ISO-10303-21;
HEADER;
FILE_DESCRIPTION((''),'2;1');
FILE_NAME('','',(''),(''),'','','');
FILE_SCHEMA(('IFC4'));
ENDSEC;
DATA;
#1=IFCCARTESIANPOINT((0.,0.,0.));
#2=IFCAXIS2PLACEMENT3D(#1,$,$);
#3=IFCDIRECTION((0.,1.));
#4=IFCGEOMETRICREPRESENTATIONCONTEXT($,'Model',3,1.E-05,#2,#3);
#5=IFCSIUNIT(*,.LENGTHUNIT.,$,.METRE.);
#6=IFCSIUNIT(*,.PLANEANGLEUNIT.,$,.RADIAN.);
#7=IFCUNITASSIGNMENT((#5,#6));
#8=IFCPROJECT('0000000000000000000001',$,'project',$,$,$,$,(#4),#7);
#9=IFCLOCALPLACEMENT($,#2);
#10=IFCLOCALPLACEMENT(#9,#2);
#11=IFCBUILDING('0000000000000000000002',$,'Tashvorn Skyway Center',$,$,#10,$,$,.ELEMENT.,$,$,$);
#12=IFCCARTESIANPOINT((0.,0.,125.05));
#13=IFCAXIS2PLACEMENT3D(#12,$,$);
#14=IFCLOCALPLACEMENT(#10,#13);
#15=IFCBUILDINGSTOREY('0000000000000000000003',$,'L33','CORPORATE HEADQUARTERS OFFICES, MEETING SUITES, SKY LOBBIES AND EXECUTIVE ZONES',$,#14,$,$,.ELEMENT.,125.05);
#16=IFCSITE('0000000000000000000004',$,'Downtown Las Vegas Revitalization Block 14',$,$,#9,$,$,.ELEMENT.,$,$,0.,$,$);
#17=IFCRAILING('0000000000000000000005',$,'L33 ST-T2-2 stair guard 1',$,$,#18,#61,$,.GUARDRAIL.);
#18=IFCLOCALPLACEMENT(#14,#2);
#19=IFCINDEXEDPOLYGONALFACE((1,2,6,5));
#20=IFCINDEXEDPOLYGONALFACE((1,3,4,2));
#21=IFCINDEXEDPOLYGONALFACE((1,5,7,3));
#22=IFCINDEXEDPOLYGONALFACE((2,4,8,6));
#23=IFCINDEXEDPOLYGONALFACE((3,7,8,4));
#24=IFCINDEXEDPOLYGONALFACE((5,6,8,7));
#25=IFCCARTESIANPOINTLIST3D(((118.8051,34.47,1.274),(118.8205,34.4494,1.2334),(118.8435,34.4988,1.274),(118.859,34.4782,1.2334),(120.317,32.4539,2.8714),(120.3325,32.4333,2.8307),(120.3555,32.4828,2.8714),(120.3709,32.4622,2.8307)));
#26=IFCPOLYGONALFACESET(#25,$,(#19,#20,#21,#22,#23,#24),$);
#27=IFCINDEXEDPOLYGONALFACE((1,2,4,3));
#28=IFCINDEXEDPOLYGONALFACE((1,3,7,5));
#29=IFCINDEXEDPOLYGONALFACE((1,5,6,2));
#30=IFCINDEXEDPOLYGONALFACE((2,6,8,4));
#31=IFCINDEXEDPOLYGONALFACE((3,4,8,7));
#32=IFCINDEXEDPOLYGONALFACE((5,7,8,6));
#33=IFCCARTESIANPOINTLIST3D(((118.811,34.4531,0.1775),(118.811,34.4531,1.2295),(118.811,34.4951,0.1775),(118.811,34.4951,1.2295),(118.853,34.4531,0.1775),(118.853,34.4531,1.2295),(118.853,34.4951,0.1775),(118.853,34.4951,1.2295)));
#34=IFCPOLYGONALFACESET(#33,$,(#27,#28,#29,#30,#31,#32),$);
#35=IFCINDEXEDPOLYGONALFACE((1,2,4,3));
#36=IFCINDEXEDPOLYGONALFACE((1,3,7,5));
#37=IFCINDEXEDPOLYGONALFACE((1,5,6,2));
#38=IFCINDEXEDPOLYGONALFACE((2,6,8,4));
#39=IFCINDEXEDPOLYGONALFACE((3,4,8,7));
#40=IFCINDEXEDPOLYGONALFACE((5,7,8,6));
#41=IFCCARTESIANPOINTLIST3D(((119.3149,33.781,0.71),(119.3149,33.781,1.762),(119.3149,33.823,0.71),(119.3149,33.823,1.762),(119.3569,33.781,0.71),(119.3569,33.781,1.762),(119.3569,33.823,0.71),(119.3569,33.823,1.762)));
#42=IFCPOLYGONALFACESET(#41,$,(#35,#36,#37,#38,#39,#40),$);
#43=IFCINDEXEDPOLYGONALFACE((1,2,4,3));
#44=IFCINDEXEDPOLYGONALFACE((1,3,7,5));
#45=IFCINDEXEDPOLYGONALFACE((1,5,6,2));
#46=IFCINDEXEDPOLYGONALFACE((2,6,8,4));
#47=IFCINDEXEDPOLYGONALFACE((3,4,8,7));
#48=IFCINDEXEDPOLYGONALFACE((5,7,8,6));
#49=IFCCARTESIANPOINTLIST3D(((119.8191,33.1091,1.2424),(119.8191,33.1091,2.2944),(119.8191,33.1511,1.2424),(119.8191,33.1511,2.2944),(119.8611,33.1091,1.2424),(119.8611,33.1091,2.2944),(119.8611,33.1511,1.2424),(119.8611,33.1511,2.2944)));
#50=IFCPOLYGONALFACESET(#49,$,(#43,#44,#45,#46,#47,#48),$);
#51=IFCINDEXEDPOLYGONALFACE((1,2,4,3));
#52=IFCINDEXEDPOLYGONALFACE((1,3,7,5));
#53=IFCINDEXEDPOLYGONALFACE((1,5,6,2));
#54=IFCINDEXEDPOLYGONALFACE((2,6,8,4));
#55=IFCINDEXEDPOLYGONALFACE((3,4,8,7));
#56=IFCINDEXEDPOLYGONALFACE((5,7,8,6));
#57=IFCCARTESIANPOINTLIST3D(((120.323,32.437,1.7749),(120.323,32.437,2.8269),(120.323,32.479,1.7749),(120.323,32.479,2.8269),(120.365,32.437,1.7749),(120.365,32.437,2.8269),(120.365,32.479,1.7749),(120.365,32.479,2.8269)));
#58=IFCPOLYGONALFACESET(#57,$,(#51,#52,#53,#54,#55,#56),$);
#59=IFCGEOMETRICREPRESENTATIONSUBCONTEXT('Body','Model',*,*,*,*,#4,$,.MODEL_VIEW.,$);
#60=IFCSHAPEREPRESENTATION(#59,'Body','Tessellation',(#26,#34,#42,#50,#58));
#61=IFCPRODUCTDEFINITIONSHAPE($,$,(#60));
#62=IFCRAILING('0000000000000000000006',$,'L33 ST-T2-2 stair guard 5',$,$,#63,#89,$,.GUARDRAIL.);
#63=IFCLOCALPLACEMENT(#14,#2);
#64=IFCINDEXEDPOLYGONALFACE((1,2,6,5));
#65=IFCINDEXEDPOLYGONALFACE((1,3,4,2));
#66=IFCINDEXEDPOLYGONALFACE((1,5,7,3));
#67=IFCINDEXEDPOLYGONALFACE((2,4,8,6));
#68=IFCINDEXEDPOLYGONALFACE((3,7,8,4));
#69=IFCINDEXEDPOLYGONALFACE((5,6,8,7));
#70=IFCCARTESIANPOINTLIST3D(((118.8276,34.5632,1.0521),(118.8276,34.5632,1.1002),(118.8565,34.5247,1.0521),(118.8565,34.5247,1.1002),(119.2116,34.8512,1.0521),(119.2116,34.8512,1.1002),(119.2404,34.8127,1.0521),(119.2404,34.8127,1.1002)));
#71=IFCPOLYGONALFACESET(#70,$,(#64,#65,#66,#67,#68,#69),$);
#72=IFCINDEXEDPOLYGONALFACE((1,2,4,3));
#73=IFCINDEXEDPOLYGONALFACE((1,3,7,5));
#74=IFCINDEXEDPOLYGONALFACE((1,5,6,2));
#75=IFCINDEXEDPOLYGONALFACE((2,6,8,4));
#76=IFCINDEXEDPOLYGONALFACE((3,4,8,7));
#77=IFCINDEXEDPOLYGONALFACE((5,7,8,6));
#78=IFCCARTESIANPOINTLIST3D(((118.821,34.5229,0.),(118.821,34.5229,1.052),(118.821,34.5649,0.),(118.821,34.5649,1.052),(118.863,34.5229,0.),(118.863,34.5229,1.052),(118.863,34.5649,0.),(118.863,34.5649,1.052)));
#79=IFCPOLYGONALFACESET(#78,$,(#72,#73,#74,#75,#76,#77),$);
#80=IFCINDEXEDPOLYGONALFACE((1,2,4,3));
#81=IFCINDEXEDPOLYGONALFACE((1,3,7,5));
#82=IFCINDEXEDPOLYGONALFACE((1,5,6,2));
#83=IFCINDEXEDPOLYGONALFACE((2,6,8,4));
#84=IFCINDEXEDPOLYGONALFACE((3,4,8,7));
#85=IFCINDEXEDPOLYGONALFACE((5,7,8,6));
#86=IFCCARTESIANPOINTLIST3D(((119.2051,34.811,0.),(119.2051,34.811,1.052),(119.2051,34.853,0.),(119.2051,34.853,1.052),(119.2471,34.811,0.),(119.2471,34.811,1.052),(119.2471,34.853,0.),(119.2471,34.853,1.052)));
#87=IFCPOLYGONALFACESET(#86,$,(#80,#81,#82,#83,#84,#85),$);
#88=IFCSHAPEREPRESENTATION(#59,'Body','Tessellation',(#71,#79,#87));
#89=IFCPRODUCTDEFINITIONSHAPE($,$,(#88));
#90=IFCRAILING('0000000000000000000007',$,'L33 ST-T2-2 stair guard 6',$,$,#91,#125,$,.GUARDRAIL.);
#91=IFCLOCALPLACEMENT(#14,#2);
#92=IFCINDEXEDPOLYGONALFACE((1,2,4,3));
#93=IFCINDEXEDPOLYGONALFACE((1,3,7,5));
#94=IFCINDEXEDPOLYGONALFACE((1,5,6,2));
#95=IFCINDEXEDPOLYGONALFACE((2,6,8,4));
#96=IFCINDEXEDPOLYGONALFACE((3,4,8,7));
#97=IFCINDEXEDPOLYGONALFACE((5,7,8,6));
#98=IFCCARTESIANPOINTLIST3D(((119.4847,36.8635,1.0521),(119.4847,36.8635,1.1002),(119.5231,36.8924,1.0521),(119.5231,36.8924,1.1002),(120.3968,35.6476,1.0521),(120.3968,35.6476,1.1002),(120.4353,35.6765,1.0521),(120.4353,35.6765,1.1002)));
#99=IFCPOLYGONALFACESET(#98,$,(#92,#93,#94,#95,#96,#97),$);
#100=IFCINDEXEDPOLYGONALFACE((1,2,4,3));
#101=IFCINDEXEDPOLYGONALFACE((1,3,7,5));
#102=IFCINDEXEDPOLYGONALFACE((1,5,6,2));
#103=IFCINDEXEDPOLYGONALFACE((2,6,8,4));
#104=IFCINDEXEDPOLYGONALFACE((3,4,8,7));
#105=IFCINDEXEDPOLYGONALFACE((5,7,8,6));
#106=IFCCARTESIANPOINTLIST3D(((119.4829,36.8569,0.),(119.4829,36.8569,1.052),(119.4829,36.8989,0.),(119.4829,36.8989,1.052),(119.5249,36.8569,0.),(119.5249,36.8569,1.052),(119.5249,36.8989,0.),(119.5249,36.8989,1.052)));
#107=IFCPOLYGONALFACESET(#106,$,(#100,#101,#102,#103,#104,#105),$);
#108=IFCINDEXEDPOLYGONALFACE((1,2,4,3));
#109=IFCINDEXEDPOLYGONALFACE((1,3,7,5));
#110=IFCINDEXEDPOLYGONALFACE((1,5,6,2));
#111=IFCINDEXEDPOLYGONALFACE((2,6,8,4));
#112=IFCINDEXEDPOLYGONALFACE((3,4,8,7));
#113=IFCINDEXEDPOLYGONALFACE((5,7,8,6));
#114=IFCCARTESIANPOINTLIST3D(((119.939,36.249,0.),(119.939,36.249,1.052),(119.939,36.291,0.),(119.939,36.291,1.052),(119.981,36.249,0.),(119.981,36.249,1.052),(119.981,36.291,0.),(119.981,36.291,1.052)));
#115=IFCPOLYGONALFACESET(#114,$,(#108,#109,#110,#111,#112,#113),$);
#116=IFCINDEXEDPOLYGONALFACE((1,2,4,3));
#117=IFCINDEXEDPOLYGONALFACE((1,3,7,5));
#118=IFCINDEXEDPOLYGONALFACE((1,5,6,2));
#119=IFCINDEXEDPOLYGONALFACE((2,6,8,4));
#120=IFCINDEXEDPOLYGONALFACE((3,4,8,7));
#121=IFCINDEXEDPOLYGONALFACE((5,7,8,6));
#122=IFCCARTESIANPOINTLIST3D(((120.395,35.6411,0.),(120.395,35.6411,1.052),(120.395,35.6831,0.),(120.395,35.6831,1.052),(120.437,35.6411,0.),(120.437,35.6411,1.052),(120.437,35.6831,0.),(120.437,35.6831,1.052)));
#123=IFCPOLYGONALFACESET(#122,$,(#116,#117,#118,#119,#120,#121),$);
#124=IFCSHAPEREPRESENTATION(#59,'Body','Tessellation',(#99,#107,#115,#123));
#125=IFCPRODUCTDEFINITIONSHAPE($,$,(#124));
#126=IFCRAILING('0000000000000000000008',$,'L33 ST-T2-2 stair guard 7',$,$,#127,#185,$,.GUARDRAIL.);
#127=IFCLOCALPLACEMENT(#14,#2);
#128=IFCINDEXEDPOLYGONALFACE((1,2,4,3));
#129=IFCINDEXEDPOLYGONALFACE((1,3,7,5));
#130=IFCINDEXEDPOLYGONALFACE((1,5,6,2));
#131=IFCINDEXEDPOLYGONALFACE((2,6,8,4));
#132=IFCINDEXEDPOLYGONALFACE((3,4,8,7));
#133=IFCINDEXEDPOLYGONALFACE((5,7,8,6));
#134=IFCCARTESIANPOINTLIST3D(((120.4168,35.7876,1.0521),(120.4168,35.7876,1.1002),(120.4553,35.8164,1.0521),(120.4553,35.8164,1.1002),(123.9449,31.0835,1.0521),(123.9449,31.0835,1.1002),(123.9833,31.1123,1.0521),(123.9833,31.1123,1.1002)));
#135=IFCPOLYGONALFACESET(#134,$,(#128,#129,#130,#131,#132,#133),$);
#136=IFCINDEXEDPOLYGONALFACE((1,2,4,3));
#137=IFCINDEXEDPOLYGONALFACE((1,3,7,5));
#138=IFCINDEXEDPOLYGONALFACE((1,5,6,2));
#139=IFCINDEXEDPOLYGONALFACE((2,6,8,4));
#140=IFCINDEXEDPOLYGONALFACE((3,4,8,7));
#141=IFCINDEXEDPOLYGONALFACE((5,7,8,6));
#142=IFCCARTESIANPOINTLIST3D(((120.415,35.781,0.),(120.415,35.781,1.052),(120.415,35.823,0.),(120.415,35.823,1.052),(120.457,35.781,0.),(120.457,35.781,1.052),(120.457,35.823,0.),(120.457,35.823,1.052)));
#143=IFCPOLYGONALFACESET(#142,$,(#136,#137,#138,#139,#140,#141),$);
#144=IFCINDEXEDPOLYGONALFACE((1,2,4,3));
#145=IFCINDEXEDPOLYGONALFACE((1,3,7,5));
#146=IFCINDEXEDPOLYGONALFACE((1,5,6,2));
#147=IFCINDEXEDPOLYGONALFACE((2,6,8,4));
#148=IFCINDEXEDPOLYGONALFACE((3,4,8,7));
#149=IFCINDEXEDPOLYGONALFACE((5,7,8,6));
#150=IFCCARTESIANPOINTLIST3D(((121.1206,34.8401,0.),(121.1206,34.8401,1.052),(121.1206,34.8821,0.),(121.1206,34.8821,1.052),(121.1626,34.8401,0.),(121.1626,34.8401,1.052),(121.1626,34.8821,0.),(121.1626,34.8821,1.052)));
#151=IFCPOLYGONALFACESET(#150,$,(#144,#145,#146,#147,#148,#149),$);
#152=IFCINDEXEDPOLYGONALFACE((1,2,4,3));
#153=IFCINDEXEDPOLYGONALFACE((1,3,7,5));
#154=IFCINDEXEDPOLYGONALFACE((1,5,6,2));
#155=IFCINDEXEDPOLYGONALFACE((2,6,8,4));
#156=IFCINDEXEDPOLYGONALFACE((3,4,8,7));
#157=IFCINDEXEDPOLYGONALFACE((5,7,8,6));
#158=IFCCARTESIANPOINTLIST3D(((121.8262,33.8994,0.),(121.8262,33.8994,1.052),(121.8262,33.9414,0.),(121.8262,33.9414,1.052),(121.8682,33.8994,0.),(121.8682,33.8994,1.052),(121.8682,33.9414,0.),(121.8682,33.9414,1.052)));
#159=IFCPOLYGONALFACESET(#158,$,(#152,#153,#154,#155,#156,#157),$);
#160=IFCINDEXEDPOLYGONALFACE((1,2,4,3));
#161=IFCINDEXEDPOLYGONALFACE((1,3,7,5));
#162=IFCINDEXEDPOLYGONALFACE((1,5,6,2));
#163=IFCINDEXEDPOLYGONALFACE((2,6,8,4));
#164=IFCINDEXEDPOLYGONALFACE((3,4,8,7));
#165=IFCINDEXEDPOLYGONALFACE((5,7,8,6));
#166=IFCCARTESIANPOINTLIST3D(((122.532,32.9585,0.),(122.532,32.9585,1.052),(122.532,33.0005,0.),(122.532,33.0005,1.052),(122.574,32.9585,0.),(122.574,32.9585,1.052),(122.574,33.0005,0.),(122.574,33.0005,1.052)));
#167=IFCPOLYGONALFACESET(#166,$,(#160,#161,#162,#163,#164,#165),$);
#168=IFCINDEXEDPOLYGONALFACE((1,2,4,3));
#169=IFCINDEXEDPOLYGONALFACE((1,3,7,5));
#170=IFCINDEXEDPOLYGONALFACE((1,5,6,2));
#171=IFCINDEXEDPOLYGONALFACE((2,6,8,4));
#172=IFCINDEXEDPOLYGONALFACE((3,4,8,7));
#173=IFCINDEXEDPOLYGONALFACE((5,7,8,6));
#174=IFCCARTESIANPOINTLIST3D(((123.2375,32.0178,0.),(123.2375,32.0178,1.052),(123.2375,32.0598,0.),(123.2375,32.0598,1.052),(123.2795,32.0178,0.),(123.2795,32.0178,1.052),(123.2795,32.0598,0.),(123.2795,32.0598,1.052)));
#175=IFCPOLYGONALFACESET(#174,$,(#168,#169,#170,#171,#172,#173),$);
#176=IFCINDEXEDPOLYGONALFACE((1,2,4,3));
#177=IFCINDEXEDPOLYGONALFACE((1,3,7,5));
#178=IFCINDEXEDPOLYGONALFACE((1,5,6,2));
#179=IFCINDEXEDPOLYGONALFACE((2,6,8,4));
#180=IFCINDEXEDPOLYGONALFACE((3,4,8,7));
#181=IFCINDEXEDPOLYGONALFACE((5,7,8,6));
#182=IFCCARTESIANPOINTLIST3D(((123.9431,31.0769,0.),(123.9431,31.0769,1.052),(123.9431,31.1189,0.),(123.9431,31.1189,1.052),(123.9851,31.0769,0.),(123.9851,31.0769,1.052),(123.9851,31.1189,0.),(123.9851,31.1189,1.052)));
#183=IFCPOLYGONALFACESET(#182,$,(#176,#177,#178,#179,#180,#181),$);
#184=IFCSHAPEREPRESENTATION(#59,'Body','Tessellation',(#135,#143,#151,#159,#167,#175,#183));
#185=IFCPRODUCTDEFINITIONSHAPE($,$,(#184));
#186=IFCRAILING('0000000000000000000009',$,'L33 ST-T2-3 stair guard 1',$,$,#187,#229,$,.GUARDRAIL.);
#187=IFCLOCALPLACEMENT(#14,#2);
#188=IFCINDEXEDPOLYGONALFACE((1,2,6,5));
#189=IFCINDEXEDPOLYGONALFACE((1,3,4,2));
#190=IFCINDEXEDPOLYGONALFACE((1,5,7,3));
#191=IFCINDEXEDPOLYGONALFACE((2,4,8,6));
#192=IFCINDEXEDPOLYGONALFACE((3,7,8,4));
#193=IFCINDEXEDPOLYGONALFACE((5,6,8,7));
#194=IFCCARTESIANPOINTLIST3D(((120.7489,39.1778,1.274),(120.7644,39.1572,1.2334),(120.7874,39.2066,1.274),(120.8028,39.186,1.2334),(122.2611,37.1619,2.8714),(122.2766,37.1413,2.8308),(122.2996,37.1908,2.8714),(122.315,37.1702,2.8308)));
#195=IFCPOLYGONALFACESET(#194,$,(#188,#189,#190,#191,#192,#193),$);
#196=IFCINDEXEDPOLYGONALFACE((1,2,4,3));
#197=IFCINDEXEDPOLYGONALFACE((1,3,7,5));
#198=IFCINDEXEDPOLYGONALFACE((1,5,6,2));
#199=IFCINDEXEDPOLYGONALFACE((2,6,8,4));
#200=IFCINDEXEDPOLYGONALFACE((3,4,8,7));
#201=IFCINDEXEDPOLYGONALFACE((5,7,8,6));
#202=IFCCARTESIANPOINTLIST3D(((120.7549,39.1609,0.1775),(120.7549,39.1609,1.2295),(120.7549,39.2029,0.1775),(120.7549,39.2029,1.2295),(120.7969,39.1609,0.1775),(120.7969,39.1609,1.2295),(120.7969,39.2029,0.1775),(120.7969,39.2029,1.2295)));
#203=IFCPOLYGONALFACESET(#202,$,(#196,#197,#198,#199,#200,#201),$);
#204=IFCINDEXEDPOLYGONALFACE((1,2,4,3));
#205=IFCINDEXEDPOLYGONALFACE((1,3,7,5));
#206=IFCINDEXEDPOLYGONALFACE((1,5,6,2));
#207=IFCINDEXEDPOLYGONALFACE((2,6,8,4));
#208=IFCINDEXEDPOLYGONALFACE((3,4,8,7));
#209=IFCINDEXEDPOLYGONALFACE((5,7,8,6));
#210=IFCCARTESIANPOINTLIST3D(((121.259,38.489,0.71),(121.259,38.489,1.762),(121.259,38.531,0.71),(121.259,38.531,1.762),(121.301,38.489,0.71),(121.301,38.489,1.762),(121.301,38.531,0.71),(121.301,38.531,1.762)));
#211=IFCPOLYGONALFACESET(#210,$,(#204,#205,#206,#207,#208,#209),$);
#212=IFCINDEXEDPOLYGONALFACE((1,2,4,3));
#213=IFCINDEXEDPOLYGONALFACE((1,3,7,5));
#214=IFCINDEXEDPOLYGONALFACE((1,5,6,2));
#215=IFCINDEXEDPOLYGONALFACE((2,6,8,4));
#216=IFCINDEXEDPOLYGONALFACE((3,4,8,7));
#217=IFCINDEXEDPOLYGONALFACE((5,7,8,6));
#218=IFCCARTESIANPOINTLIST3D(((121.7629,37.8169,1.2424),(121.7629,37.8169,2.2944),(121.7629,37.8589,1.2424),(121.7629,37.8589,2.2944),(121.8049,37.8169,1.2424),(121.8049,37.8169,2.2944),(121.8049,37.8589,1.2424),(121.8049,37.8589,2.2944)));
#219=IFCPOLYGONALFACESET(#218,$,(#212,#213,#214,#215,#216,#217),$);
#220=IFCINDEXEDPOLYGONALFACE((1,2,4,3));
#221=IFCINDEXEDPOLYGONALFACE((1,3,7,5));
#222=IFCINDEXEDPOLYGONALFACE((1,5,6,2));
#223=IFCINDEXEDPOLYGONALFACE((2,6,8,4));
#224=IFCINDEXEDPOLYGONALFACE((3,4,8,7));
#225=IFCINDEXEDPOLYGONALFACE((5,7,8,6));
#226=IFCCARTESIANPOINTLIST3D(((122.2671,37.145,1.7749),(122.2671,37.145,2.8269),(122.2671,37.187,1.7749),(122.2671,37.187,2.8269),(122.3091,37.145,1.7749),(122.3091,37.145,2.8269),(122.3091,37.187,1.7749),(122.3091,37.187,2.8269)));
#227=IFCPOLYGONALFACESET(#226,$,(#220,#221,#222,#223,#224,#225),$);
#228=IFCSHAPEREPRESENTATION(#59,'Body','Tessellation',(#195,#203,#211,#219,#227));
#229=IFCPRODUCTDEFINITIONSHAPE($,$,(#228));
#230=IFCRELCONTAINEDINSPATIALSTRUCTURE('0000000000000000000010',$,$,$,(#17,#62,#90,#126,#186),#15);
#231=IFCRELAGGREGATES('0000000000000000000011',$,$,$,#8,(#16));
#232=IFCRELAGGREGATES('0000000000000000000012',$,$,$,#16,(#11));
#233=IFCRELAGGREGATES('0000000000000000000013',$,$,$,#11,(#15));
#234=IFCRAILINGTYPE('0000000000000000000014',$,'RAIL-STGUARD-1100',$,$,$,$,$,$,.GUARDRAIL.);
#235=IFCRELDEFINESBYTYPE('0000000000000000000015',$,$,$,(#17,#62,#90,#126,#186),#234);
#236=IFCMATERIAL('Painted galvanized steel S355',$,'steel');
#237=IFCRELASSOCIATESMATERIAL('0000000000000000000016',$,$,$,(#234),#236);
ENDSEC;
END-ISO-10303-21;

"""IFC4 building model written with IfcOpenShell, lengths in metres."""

from ifc_helpers import new_model, si_unit, direction, frame, origin, origin_2d, place, context, subcontext, project, spatial, rectangle, extrude, material, type_object, element, save


model = new_model("IFC4")

# Units and contexts
model_context = context("Model", 3, precision=1e-05, world=origin(), true_north=direction((0.0, 1.0)))
body_context = subcontext(model_context, "Body", "Model", "MODEL_VIEW")
ifc_project = project(units=[si_unit("LENGTHUNIT", "METRE"), si_unit("PLANEANGLEUNIT", "RADIAN")], contexts=[model_context])

# Site, building, storey
site_placement = place(None, origin())
site = spatial("IfcSite", under=ifc_project, at=site_placement, Name="Downtown Las Vegas Revitalization Block 14", CompositionType="ELEMENT", RefElevation=0.0)
building_placement = place(site_placement, origin())
building = spatial("IfcBuilding", under=site, at=building_placement, Name="Tashvorn Skyway Center", CompositionType="ELEMENT")
storey_placement = place(building_placement, frame((0.0, 0.0, 125.05)))
storey = spatial("IfcBuildingStorey", under=building, at=storey_placement, Name="L33", Description="CORPORATE HEADQUARTERS OFFICES, MEETING SUITES, SKY LOBBIES AND EXECUTIVE ZONES", CompositionType="ELEMENT", Elevation=125.05)

# Railings
ifc_material_1 = material(Name="Painted galvanized steel S355", Category="steel")
railing_type_1 = type_object("IfcRailingType", Name="RAIL-STGUARD-1100", PredefinedType="GUARDRAIL", material=ifc_material_1)
railing_1_placement = place(storey_placement, frame((118.832, 34.4741, 0.1775)))
element("IfcRailing", 1, at=railing_1_placement, inside=storey, type_object=railing_type_1, Name="L33 ST-T2-2 stair guard 1", PredefinedType="GUARDRAIL", context=body_context, shape_type="SweptSolid", body=[
    extrude(rectangle(XDim=0.0481, YDim=0.0481, at=origin_2d()), frame((0.0, 0.0, 1.0762), z_axis=(0.506741, -0.675709, 0.535379), x_axis=(0.800023, 0.599969, 0.0)), (0.0, 0.0, 1.0), 2.9836),
    extrude(rectangle(XDim=0.042, YDim=0.042, at=origin_2d()), origin(), (0.0, 0.0, 1.0), 1.052),
    extrude(rectangle(XDim=0.042, YDim=0.042, at=origin_2d()), frame((0.5039, -0.6721, 0.5325)), (0.0, 0.0, 1.0), 1.052),
    extrude(rectangle(XDim=0.042, YDim=0.042, at=origin_2d()), frame((1.0081, -1.344, 1.0649)), (0.0, 0.0, 1.0), 1.052),
    extrude(rectangle(XDim=0.042, YDim=0.042, at=origin_2d()), frame((1.512, -2.0161, 1.5974)), (0.0, 0.0, 1.0), 1.052),
])
railing_2_placement = place(storey_placement, frame((118.842, 34.5439, 0.0)))
element("IfcRailing", 2, at=railing_2_placement, inside=storey, type_object=railing_type_1, Name="L33 ST-T2-2 stair guard 5", PredefinedType="GUARDRAIL", context=body_context, shape_type="SweptSolid", body=[
    extrude(rectangle(XDim=0.0481, YDim=0.0481, at=origin_2d()), frame((0.0, 0.0, 1.0762), z_axis=(0.799939, 0.600081, 0.0), x_axis=(-0.600081, 0.799939, 0.0)), (0.0, 0.0, 1.0), 0.48),
    extrude(rectangle(XDim=0.042, YDim=0.042, at=origin_2d()), origin(), (0.0, 0.0, 1.0), 1.052),
    extrude(rectangle(XDim=0.042, YDim=0.042, at=origin_2d()), frame((0.384, 0.2881, 0.0)), (0.0, 0.0, 1.0), 1.052),
])
railing_3_placement = place(storey_placement, frame((119.5039, 36.8779, 0.0)))
element("IfcRailing", 3, at=railing_3_placement, inside=storey, type_object=railing_type_1, Name="L33 ST-T2-2 stair guard 6", PredefinedType="GUARDRAIL", context=body_context, shape_type="SweptSolid", body=[
    extrude(rectangle(XDim=0.0481, YDim=0.0481, at=origin_2d()), frame((0.0, 0.0, 1.0762), z_axis=(0.600103, -0.799923, 0.0), x_axis=(0.799923, 0.600103, 0.0)), (0.0, 0.0, 1.0), 1.52),
    extrude(rectangle(XDim=0.042, YDim=0.042, at=origin_2d()), origin(), (0.0, 0.0, 1.0), 1.052),
    extrude(rectangle(XDim=0.042, YDim=0.042, at=origin_2d()), frame((0.4561, -0.6079, 0.0)), (0.0, 0.0, 1.0), 1.052),
    extrude(rectangle(XDim=0.042, YDim=0.042, at=origin_2d()), frame((0.9121, -1.2158, 0.0)), (0.0, 0.0, 1.0), 1.052),
])
railing_4_placement = place(storey_placement, frame((120.436, 35.802, 0.0)))
element("IfcRailing", 4, at=railing_4_placement, inside=storey, type_object=railing_type_1, Name="L33 ST-T2-2 stair guard 7", PredefinedType="GUARDRAIL", context=body_context, shape_type="SweptSolid", body=[
    extrude(rectangle(XDim=0.0481, YDim=0.0481, at=origin_2d()), frame((0.0, 0.0, 1.0762), z_axis=(0.6, -0.8, 0.0), x_axis=(0.8, 0.6, 0.0)), (0.0, 0.0, 1.0), 5.8801),
    extrude(rectangle(XDim=0.042, YDim=0.042, at=origin_2d()), origin(), (0.0, 0.0, 1.0), 1.052),
    extrude(rectangle(XDim=0.042, YDim=0.042, at=origin_2d()), frame((0.7056, -0.9409, 0.0)), (0.0, 0.0, 1.0), 1.052),
    extrude(rectangle(XDim=0.042, YDim=0.042, at=origin_2d()), frame((1.4111, -1.8816, 0.0)), (0.0, 0.0, 1.0), 1.052),
    extrude(rectangle(XDim=0.042, YDim=0.042, at=origin_2d()), frame((2.1169, -2.8225, 0.0)), (0.0, 0.0, 1.0), 1.052),
    extrude(rectangle(XDim=0.042, YDim=0.042, at=origin_2d()), frame((2.8225, -3.7632, 0.0)), (0.0, 0.0, 1.0), 1.052),
    extrude(rectangle(XDim=0.042, YDim=0.042, at=origin_2d()), frame((3.5281, -4.7041, 0.0)), (0.0, 0.0, 1.0), 1.052),
])
railing_5_placement = place(storey_placement, frame((120.7759, 39.1819, 0.1775)))
element("IfcRailing", 5, at=railing_5_placement, inside=storey, type_object=railing_type_1, Name="L33 ST-T2-3 stair guard 1", PredefinedType="GUARDRAIL", context=body_context, shape_type="SweptSolid", body=[
    extrude(rectangle(XDim=0.0481, YDim=0.0481, at=origin_2d()), frame((0.0, 0.0, 1.0762), z_axis=(0.50683, -0.675636, 0.535387), x_axis=(0.799942, 0.600078, 0.0)), (0.0, 0.0, 1.0), 2.9836),
    extrude(rectangle(XDim=0.042, YDim=0.042, at=origin_2d()), origin(), (0.0, 0.0, 1.0), 1.052),
    extrude(rectangle(XDim=0.042, YDim=0.042, at=origin_2d()), frame((0.5042, -0.6719, 0.5325)), (0.0, 0.0, 1.0), 1.052),
    extrude(rectangle(XDim=0.042, YDim=0.042, at=origin_2d()), frame((1.0081, -1.344, 1.0649)), (0.0, 0.0, 1.0), 1.052),
    extrude(rectangle(XDim=0.042, YDim=0.042, at=origin_2d()), frame((1.5122, -2.0159, 1.5974)), (0.0, 0.0, 1.0), 1.052),
])

save(model, "model.ifc")
